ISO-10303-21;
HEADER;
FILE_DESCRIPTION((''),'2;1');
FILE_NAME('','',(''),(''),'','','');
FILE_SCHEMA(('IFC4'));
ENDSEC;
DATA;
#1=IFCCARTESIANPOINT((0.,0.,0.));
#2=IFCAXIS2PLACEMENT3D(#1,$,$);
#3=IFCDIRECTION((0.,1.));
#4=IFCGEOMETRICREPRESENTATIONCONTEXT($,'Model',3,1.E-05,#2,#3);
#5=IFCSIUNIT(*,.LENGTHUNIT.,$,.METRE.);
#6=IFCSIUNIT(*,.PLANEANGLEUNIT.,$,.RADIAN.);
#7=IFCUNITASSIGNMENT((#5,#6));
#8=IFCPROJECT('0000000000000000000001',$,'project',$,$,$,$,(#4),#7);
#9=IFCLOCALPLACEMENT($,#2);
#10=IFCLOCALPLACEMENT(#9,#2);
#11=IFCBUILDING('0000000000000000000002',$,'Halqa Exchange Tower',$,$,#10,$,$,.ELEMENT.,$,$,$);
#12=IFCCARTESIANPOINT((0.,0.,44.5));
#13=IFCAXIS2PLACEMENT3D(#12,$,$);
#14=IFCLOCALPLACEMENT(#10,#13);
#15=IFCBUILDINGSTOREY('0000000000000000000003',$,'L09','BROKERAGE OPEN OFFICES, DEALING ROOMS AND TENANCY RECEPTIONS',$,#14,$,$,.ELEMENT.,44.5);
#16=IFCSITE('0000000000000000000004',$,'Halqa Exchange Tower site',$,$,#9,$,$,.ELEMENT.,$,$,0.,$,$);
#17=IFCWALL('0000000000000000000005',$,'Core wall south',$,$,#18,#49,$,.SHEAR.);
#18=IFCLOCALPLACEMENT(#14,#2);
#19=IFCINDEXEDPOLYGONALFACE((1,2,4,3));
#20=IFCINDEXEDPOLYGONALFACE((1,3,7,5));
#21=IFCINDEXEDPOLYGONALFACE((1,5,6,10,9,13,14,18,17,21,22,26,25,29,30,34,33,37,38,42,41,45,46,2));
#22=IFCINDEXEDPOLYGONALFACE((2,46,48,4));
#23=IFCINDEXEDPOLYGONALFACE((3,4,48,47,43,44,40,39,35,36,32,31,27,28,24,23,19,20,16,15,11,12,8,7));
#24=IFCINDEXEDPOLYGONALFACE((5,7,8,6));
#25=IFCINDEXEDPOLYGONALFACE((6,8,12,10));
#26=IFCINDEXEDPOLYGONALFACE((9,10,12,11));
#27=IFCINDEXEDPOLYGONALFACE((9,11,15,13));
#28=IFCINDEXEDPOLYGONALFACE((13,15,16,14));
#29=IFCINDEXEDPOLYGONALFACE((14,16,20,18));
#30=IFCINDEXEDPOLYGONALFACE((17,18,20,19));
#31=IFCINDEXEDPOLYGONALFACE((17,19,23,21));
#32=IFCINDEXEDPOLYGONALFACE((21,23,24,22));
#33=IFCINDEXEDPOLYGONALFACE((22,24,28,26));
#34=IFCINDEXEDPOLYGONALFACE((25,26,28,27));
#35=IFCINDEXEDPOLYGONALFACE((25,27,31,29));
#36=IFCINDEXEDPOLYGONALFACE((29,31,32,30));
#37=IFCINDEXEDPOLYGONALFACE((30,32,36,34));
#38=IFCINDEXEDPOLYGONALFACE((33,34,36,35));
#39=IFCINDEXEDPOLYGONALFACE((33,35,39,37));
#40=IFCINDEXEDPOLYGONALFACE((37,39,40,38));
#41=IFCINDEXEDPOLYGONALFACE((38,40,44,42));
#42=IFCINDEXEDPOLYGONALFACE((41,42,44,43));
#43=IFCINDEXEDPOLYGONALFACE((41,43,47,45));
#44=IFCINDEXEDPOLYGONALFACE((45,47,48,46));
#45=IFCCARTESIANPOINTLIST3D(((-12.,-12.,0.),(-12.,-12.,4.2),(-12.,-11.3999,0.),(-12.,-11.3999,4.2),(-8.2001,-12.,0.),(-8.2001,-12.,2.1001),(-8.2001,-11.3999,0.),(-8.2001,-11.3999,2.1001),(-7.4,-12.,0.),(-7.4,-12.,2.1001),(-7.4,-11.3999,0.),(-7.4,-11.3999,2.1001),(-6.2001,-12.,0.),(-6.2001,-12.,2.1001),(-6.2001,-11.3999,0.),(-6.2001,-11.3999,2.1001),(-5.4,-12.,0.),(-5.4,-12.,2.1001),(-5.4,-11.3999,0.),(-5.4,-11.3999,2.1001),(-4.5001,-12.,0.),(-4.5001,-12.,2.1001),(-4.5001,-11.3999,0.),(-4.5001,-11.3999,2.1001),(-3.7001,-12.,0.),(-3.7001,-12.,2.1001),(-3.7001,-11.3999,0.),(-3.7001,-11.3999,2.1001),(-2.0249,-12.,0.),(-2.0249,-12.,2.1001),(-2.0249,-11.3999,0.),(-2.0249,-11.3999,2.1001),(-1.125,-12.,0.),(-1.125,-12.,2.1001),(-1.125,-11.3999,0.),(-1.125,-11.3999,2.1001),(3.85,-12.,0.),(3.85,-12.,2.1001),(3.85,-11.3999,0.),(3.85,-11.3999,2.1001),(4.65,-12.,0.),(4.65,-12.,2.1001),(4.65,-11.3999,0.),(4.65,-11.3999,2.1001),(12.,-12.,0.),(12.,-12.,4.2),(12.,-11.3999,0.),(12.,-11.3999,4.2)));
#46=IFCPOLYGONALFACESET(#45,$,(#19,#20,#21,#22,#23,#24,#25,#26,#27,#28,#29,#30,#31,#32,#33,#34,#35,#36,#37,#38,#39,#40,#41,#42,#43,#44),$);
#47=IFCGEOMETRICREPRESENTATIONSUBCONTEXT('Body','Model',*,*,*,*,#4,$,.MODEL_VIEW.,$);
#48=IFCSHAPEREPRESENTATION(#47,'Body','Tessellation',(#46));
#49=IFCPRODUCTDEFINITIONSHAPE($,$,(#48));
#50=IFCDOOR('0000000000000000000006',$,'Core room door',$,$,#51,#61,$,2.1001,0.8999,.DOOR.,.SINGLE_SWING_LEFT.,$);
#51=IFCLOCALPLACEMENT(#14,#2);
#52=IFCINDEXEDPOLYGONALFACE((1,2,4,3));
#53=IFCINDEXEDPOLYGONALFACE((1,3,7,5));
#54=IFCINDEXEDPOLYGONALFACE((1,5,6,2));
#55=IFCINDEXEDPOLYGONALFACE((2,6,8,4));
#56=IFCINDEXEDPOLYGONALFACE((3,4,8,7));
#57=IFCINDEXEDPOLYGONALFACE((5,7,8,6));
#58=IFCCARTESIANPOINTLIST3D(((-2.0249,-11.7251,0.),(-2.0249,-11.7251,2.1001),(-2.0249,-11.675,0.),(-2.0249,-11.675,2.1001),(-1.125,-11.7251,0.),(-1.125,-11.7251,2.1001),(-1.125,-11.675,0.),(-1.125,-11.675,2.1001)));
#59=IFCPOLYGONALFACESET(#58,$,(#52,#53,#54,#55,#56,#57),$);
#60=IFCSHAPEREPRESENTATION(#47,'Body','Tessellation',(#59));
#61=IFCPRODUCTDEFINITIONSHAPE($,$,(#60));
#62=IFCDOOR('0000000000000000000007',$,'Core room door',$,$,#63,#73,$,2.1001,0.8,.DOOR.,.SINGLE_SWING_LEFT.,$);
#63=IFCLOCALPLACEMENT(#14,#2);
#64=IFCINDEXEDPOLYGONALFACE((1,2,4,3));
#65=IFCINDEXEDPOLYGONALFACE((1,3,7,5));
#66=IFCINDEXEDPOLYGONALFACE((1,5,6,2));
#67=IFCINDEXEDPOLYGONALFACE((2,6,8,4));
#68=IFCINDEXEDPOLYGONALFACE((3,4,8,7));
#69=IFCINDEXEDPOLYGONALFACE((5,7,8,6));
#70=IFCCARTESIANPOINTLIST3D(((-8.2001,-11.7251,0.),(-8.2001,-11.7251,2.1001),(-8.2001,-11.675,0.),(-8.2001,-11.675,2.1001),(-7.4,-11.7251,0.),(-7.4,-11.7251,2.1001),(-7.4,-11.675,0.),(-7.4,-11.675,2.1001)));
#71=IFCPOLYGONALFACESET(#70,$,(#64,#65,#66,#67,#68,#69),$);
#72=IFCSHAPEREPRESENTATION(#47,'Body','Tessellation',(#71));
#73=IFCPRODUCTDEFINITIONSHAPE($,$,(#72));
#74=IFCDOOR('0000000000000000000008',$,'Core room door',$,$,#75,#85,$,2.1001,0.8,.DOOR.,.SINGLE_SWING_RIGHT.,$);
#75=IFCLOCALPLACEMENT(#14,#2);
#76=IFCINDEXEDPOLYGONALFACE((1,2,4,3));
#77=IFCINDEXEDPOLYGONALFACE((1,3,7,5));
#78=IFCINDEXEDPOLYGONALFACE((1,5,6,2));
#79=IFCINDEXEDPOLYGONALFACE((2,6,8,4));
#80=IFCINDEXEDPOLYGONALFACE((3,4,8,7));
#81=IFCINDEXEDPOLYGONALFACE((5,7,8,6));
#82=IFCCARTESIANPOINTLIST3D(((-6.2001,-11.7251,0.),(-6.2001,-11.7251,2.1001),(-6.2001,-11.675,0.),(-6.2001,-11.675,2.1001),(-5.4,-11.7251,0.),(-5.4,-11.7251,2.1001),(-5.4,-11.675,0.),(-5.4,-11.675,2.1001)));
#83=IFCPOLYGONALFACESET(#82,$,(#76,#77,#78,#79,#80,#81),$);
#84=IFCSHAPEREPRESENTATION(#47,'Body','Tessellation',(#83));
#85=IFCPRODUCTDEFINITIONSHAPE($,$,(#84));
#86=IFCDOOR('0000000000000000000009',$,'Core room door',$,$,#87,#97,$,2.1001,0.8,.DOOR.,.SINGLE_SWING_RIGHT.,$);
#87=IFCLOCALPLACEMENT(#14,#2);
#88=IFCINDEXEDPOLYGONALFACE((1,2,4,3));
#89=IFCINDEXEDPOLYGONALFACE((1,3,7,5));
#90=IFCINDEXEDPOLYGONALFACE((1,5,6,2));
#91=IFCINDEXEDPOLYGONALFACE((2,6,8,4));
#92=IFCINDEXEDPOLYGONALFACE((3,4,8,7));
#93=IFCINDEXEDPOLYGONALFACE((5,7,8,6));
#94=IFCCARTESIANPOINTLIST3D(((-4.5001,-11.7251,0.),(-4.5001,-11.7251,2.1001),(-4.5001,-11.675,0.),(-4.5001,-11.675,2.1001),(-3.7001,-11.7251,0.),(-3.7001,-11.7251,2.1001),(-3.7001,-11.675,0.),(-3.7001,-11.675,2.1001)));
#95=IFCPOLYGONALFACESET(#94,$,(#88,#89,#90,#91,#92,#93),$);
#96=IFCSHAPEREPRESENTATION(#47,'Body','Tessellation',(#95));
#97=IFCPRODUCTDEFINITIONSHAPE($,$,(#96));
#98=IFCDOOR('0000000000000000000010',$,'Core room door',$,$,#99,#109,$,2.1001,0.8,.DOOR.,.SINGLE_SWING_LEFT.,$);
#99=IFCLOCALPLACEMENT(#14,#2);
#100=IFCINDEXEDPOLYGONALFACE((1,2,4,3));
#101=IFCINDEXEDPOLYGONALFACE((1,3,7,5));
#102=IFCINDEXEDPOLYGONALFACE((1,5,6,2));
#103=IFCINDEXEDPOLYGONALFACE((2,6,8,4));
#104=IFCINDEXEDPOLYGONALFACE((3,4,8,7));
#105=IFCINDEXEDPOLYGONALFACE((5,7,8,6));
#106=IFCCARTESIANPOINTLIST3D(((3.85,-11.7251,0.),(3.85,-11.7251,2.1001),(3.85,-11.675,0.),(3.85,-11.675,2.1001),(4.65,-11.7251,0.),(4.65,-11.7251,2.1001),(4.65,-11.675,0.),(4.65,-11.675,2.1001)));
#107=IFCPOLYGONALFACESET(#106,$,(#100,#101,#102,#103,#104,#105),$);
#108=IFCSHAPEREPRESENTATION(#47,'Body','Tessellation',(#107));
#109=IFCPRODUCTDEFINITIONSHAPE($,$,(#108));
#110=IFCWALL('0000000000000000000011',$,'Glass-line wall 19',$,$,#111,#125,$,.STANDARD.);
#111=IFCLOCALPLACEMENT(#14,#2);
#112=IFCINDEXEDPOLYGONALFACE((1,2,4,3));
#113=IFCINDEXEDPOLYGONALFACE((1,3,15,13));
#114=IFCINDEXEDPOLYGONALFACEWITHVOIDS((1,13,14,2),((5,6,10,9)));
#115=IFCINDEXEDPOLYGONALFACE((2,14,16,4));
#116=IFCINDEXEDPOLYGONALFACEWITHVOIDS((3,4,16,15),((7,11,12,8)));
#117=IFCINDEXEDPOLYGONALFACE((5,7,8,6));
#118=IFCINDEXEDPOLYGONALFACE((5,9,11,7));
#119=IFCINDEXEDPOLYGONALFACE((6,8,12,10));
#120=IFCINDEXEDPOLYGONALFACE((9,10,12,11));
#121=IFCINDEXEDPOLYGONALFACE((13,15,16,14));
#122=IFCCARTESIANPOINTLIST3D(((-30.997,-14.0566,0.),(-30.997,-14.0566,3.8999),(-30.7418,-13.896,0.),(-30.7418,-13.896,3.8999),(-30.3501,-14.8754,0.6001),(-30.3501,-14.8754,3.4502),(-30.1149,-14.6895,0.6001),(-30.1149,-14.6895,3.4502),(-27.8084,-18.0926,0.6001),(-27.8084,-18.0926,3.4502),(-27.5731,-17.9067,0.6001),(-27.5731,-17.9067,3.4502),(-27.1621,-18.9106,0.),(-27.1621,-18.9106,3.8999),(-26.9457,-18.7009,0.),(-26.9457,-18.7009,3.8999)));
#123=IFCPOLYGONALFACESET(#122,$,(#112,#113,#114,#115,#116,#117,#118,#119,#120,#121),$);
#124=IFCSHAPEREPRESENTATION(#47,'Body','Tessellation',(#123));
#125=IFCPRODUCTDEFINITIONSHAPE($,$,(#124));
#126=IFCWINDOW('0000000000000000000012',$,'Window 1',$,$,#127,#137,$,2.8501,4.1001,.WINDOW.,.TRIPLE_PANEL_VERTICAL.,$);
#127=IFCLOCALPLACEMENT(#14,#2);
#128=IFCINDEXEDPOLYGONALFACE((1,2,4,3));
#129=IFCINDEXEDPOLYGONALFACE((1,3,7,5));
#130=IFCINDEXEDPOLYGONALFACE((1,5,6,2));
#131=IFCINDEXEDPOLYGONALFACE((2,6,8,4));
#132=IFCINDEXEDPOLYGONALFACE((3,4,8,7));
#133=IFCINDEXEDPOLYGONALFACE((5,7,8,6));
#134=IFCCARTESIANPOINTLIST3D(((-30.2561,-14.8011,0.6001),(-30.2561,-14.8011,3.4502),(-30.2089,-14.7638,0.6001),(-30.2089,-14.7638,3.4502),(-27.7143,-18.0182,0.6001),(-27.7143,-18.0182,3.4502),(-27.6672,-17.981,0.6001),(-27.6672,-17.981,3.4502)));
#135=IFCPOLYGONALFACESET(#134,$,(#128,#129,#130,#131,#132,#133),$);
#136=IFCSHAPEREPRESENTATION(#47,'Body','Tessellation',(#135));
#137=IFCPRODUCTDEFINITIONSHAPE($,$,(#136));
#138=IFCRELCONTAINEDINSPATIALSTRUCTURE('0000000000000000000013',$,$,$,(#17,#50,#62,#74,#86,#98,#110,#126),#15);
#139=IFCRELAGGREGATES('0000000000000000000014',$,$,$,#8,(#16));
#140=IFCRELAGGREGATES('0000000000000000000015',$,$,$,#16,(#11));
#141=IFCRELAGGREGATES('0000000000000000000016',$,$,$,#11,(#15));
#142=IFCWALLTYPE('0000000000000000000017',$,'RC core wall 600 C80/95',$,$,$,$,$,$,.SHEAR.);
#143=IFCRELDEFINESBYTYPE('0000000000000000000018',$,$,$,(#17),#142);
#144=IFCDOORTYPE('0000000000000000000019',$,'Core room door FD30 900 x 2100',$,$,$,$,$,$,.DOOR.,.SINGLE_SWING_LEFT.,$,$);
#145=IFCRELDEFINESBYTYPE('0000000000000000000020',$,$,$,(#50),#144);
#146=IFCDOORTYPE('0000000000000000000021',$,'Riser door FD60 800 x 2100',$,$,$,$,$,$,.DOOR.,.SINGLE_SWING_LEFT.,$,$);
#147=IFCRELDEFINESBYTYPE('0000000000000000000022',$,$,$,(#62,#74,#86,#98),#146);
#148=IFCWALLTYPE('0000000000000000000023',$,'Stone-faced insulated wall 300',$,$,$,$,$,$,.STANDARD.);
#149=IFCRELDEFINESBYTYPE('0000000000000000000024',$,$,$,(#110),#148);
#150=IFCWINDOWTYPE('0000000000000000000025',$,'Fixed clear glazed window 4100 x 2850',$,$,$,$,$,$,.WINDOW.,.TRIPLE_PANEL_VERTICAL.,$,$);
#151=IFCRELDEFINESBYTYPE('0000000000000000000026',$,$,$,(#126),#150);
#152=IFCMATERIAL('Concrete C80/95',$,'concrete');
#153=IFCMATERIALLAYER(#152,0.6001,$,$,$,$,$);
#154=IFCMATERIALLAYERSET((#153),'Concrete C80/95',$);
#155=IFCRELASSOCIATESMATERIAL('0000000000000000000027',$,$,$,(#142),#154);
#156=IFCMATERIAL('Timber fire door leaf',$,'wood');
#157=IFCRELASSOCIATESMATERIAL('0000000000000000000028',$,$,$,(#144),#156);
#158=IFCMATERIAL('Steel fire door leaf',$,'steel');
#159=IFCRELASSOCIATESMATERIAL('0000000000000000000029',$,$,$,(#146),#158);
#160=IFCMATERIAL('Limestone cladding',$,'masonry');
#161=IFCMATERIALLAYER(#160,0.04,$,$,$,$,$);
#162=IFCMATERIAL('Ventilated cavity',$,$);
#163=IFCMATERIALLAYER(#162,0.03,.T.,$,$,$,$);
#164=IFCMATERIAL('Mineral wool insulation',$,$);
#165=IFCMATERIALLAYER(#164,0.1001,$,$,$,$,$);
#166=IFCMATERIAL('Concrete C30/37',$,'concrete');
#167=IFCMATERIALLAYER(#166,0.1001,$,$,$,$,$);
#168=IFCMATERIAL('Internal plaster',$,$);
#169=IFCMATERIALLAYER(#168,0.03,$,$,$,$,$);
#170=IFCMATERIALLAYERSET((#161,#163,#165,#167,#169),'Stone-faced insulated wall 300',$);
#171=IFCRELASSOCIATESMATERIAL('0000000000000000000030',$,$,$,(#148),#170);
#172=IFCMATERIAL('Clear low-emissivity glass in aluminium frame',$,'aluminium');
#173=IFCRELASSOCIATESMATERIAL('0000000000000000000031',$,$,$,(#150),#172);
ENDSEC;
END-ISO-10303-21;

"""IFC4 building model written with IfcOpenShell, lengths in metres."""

from ifc_helpers import new_model, si_unit, direction, frame, frame_2d, origin, place, context, subcontext, project, spatial, polyline, rectangle, outline, extrude, material, layer, layer_set, type_object, element, fill, save


model = new_model("IFC4")

# Units and contexts
model_context = context("Model", 3, precision=1e-05, world=origin(), true_north=direction((0.0, 1.0)))
body_context = subcontext(model_context, "Body", "Model", "MODEL_VIEW")
ifc_project = project(units=[si_unit("LENGTHUNIT", "METRE"), si_unit("PLANEANGLEUNIT", "RADIAN")], contexts=[model_context])

# Site, building, storey
site_placement = place(None, origin())
site = spatial("IfcSite", under=ifc_project, at=site_placement, Name="Halqa Exchange Tower site", CompositionType="ELEMENT", RefElevation=0.0)
building_placement = place(site_placement, origin())
building = spatial("IfcBuilding", under=site, at=building_placement, Name="Halqa Exchange Tower", CompositionType="ELEMENT")
storey_placement = place(building_placement, frame((0.0, 0.0, 44.5)))
storey = spatial("IfcBuildingStorey", under=building, at=storey_placement, Name="L09", Description="BROKERAGE OPEN OFFICES, DEALING ROOMS AND TENANCY RECEPTIONS", CompositionType="ELEMENT", Elevation=44.5)

# Wall, openings, doors
ifc_material_1 = material(Name="Steel fire door leaf", Category="steel")
ifc_material_2 = material(Name="Concrete C80/95", Category="concrete")
ifc_layer_1 = layer(ifc_material_2, 0.6001)
ifc_layer_set_1 = layer_set([ifc_layer_1], Name="Concrete C80/95")
wall_type_1 = type_object("IfcWallType", Name="RC core wall 600 C80/95", PredefinedType="SHEAR", material=ifc_layer_set_1)
wall_1_placement = place(storey_placement, frame((-12.0, -11.7, 0.0), z_axis=(0.0, 0.0, 1.0), x_axis=(1.0, 0.0, 0.0)))
wall_1 = element("IfcWall", 1, at=wall_1_placement, inside=storey, type_object=wall_type_1, Name="Core wall south", PredefinedType="SHEAR", context=body_context, shape_type="SweptSolid", body=[
    extrude(rectangle(XDim=24.0, YDim=0.6001, at=frame_2d((12.0, 0.0))), origin(), (0.0, 0.0, 1.0), 4.2),
])
opening_1_placement = place(wall_1_placement, frame((9.9751, 0.0, 0.0)))
opening_1 = element("IfcOpeningElement", 2, at=opening_1_placement, cuts=wall_1, PredefinedType="OPENING", context=body_context, shape_type="SweptSolid", body=[
    extrude(rectangle(XDim=0.8999, YDim=2.1001, at=frame_2d((0.45, 1.05))), frame((0.0, 0.312, 0.0), z_axis=(0.0, -1.0, 0.0), x_axis=(1.0, 0.0, 0.0)), (0.0, 0.0, 1.0), 0.624),
])
opening_2_placement = place(wall_1_placement, frame((3.8, 0.0, 0.0)))
opening_2 = element("IfcOpeningElement", 3, at=opening_2_placement, cuts=wall_1, PredefinedType="OPENING", context=body_context, shape_type="SweptSolid", body=[
    extrude(rectangle(XDim=0.8, YDim=2.1001, at=frame_2d((0.3999, 1.05))), frame((0.0, 0.312, 0.0), z_axis=(0.0, -1.0, 0.0), x_axis=(1.0, 0.0, 0.0)), (0.0, 0.0, 1.0), 0.624),
])
opening_3_placement = place(wall_1_placement, frame((5.8, 0.0, 0.0)))
opening_3 = element("IfcOpeningElement", 4, at=opening_3_placement, cuts=wall_1, PredefinedType="OPENING", context=body_context, shape_type="SweptSolid", body=[
    extrude(rectangle(XDim=0.8, YDim=2.1001, at=frame_2d((0.3999, 1.05))), frame((0.0, 0.312, 0.0), z_axis=(0.0, -1.0, 0.0), x_axis=(1.0, 0.0, 0.0)), (0.0, 0.0, 1.0), 0.624),
])
opening_4_placement = place(wall_1_placement, frame((7.5, 0.0, 0.0)))
opening_4 = element("IfcOpeningElement", 5, at=opening_4_placement, cuts=wall_1, PredefinedType="OPENING", context=body_context, shape_type="SweptSolid", body=[
    extrude(rectangle(XDim=0.8, YDim=2.1001, at=frame_2d((0.3999, 1.05))), frame((0.0, 0.312, 0.0), z_axis=(0.0, -1.0, 0.0), x_axis=(1.0, 0.0, 0.0)), (0.0, 0.0, 1.0), 0.624),
])
opening_5_placement = place(wall_1_placement, frame((15.8501, 0.0, 0.0)))
opening_5 = element("IfcOpeningElement", 6, at=opening_5_placement, cuts=wall_1, PredefinedType="OPENING", context=body_context, shape_type="SweptSolid", body=[
    extrude(rectangle(XDim=0.8, YDim=2.1001, at=frame_2d((0.3999, 1.05))), frame((0.0, 0.312, 0.0), z_axis=(0.0, -1.0, 0.0), x_axis=(1.0, 0.0, 0.0)), (0.0, 0.0, 1.0), 0.624),
])
ifc_material_3 = material(Name="Timber fire door leaf", Category="wood")
door_type_1 = type_object("IfcDoorType", Name="Core room door FD30 900 x 2100", OperationType="SINGLE_SWING_LEFT", PredefinedType="DOOR", material=ifc_material_3)
door_1_placement = place(opening_1_placement, origin())
door_1 = element("IfcDoor", 7, at=door_1_placement, inside=storey, type_object=door_type_1, Name="Core room door", OperationType="SINGLE_SWING_LEFT", OverallHeight=2.1001, OverallWidth=0.8999, PredefinedType="DOOR", context=body_context, shape_type="SweptSolid", body=[
    extrude(rectangle(XDim=0.8999, YDim=2.1001, at=frame_2d((0.45, 1.05))), frame((0.0, 0.0249, 0.0), z_axis=(0.0, -1.0, 0.0), x_axis=(1.0, 0.0, 0.0)), (0.0, 0.0, 1.0), 0.05),
])
fill(opening_1, door_1)
door_type_2 = type_object("IfcDoorType", Name="Riser door FD60 800 x 2100", OperationType="SINGLE_SWING_LEFT", PredefinedType="DOOR", material=ifc_material_1)
door_2_placement = place(opening_2_placement, origin())
door_2 = element("IfcDoor", 8, at=door_2_placement, inside=storey, type_object=door_type_2, Name="Core room door", OperationType="SINGLE_SWING_LEFT", OverallHeight=2.1001, OverallWidth=0.8, PredefinedType="DOOR", context=body_context, shape_type="SweptSolid", body=[
    extrude(rectangle(XDim=0.8, YDim=2.1001, at=frame_2d((0.3999, 1.05))), frame((0.0, 0.0249, 0.0), z_axis=(0.0, -1.0, 0.0), x_axis=(1.0, 0.0, 0.0)), (0.0, 0.0, 1.0), 0.05),
])
fill(opening_2, door_2)
door_3_placement = place(opening_3_placement, origin())
door_3 = element("IfcDoor", 9, at=door_3_placement, inside=storey, type_object=door_type_2, Name="Core room door", OperationType="SINGLE_SWING_RIGHT", OverallHeight=2.1001, OverallWidth=0.8, PredefinedType="DOOR", context=body_context, shape_type="SweptSolid", body=[
    extrude(rectangle(XDim=0.8, YDim=2.1001, at=frame_2d((0.3999, 1.05))), frame((0.0, 0.0249, 0.0), z_axis=(0.0, -1.0, 0.0), x_axis=(1.0, 0.0, 0.0)), (0.0, 0.0, 1.0), 0.05),
])
fill(opening_3, door_3)
door_4_placement = place(opening_4_placement, origin())
door_4 = element("IfcDoor", 10, at=door_4_placement, inside=storey, type_object=door_type_2, Name="Core room door", OperationType="SINGLE_SWING_RIGHT", OverallHeight=2.1001, OverallWidth=0.8, PredefinedType="DOOR", context=body_context, shape_type="SweptSolid", body=[
    extrude(rectangle(XDim=0.8, YDim=2.1001, at=frame_2d((0.3999, 1.05))), frame((0.0, 0.0249, 0.0), z_axis=(0.0, -1.0, 0.0), x_axis=(1.0, 0.0, 0.0)), (0.0, 0.0, 1.0), 0.05),
])
fill(opening_4, door_4)
door_5_placement = place(opening_5_placement, origin())
door_5 = element("IfcDoor", 11, at=door_5_placement, inside=storey, type_object=door_type_2, Name="Core room door", OperationType="SINGLE_SWING_LEFT", OverallHeight=2.1001, OverallWidth=0.8, PredefinedType="DOOR", context=body_context, shape_type="SweptSolid", body=[
    extrude(rectangle(XDim=0.8, YDim=2.1001, at=frame_2d((0.3999, 1.05))), frame((0.0, 0.0249, 0.0), z_axis=(0.0, -1.0, 0.0), x_axis=(1.0, 0.0, 0.0)), (0.0, 0.0, 1.0), 0.05),
])
fill(opening_5, door_5)

# Wall, opening, window
ifc_material_4 = material(Name="Limestone cladding", Category="masonry")
ifc_layer_2 = layer(ifc_material_4, 0.04)
ifc_material_5 = material(Name="Ventilated cavity")
ifc_layer_3 = layer(ifc_material_5, 0.03, ventilated=True)
ifc_material_6 = material(Name="Mineral wool insulation")
ifc_layer_4 = layer(ifc_material_6, 0.1001)
ifc_material_7 = material(Name="Concrete C30/37", Category="concrete")
ifc_layer_5 = layer(ifc_material_7, 0.1001)
ifc_material_8 = material(Name="Internal plaster")
ifc_layer_6 = layer(ifc_material_8, 0.03)
ifc_layer_set_2 = layer_set([ifc_layer_2, ifc_layer_3, ifc_layer_4, ifc_layer_5, ifc_layer_6], Name="Stone-faced insulated wall 300")
wall_type_2 = type_object("IfcWallType", Name="Stone-faced insulated wall 300", PredefinedType="STANDARD", material=ifc_layer_set_2)
wall_2_placement = place(storey_placement, frame((-30.8694, -13.9763, 0.0), z_axis=(0.0, 0.0, 1.0), x_axis=(0.619923, -0.784662, 0.0)))
wall_2 = element("IfcWall", 12, at=wall_2_placement, inside=storey, type_object=wall_type_2, Name="Glass-line wall 19", PredefinedType="STANDARD", context=body_context, shape_type="SweptSolid", body=[
    extrude(outline(polyline([(-0.0161, -0.1499), (6.1699, -0.1499), (6.1396, 0.1499), (0.0161, 0.1499), (-0.0161, -0.1499)])), origin(), (0.0, 0.0, 1.0), 3.8999),
])
opening_6_placement = place(wall_2_placement, frame((1.0273, 0.0, 0.6001)))
opening_6 = element("IfcOpeningElement", 13, at=opening_6_placement, cuts=wall_2, PredefinedType="OPENING", context=body_context, shape_type="SweptSolid", body=[
    extrude(rectangle(XDim=4.1001, YDim=2.8501, at=frame_2d((2.05, 1.425))), frame((0.0, 0.1621, 0.0), z_axis=(0.0, -1.0, 0.0), x_axis=(1.0, 0.0, 0.0)), (0.0, 0.0, 1.0), 0.324),
])
ifc_material_9 = material(Name="Clear low-emissivity glass in aluminium frame", Category="aluminium")
window_type = type_object("IfcWindowType", Name="Fixed clear glazed window 4100 x 2850", PartitioningType="TRIPLE_PANEL_VERTICAL", PredefinedType="WINDOW", material=ifc_material_9)
window_placement = place(opening_6_placement, origin())
window = element("IfcWindow", 14, at=window_placement, inside=storey, type_object=window_type, Name="Window 1", OverallHeight=2.8501, OverallWidth=4.1001, PartitioningType="TRIPLE_PANEL_VERTICAL", PredefinedType="WINDOW", context=body_context, shape_type="SweptSolid", body=[
    extrude(rectangle(XDim=4.1001, YDim=2.8501, at=frame_2d((2.05, 1.425))), frame((0.0, 0.03, 0.0), z_axis=(0.0, -1.0, 0.0), x_axis=(1.0, 0.0, 0.0)), (0.0, 0.0, 1.0), 0.0601),
])
fill(opening_6, window)

save(model, "model.ifc")
